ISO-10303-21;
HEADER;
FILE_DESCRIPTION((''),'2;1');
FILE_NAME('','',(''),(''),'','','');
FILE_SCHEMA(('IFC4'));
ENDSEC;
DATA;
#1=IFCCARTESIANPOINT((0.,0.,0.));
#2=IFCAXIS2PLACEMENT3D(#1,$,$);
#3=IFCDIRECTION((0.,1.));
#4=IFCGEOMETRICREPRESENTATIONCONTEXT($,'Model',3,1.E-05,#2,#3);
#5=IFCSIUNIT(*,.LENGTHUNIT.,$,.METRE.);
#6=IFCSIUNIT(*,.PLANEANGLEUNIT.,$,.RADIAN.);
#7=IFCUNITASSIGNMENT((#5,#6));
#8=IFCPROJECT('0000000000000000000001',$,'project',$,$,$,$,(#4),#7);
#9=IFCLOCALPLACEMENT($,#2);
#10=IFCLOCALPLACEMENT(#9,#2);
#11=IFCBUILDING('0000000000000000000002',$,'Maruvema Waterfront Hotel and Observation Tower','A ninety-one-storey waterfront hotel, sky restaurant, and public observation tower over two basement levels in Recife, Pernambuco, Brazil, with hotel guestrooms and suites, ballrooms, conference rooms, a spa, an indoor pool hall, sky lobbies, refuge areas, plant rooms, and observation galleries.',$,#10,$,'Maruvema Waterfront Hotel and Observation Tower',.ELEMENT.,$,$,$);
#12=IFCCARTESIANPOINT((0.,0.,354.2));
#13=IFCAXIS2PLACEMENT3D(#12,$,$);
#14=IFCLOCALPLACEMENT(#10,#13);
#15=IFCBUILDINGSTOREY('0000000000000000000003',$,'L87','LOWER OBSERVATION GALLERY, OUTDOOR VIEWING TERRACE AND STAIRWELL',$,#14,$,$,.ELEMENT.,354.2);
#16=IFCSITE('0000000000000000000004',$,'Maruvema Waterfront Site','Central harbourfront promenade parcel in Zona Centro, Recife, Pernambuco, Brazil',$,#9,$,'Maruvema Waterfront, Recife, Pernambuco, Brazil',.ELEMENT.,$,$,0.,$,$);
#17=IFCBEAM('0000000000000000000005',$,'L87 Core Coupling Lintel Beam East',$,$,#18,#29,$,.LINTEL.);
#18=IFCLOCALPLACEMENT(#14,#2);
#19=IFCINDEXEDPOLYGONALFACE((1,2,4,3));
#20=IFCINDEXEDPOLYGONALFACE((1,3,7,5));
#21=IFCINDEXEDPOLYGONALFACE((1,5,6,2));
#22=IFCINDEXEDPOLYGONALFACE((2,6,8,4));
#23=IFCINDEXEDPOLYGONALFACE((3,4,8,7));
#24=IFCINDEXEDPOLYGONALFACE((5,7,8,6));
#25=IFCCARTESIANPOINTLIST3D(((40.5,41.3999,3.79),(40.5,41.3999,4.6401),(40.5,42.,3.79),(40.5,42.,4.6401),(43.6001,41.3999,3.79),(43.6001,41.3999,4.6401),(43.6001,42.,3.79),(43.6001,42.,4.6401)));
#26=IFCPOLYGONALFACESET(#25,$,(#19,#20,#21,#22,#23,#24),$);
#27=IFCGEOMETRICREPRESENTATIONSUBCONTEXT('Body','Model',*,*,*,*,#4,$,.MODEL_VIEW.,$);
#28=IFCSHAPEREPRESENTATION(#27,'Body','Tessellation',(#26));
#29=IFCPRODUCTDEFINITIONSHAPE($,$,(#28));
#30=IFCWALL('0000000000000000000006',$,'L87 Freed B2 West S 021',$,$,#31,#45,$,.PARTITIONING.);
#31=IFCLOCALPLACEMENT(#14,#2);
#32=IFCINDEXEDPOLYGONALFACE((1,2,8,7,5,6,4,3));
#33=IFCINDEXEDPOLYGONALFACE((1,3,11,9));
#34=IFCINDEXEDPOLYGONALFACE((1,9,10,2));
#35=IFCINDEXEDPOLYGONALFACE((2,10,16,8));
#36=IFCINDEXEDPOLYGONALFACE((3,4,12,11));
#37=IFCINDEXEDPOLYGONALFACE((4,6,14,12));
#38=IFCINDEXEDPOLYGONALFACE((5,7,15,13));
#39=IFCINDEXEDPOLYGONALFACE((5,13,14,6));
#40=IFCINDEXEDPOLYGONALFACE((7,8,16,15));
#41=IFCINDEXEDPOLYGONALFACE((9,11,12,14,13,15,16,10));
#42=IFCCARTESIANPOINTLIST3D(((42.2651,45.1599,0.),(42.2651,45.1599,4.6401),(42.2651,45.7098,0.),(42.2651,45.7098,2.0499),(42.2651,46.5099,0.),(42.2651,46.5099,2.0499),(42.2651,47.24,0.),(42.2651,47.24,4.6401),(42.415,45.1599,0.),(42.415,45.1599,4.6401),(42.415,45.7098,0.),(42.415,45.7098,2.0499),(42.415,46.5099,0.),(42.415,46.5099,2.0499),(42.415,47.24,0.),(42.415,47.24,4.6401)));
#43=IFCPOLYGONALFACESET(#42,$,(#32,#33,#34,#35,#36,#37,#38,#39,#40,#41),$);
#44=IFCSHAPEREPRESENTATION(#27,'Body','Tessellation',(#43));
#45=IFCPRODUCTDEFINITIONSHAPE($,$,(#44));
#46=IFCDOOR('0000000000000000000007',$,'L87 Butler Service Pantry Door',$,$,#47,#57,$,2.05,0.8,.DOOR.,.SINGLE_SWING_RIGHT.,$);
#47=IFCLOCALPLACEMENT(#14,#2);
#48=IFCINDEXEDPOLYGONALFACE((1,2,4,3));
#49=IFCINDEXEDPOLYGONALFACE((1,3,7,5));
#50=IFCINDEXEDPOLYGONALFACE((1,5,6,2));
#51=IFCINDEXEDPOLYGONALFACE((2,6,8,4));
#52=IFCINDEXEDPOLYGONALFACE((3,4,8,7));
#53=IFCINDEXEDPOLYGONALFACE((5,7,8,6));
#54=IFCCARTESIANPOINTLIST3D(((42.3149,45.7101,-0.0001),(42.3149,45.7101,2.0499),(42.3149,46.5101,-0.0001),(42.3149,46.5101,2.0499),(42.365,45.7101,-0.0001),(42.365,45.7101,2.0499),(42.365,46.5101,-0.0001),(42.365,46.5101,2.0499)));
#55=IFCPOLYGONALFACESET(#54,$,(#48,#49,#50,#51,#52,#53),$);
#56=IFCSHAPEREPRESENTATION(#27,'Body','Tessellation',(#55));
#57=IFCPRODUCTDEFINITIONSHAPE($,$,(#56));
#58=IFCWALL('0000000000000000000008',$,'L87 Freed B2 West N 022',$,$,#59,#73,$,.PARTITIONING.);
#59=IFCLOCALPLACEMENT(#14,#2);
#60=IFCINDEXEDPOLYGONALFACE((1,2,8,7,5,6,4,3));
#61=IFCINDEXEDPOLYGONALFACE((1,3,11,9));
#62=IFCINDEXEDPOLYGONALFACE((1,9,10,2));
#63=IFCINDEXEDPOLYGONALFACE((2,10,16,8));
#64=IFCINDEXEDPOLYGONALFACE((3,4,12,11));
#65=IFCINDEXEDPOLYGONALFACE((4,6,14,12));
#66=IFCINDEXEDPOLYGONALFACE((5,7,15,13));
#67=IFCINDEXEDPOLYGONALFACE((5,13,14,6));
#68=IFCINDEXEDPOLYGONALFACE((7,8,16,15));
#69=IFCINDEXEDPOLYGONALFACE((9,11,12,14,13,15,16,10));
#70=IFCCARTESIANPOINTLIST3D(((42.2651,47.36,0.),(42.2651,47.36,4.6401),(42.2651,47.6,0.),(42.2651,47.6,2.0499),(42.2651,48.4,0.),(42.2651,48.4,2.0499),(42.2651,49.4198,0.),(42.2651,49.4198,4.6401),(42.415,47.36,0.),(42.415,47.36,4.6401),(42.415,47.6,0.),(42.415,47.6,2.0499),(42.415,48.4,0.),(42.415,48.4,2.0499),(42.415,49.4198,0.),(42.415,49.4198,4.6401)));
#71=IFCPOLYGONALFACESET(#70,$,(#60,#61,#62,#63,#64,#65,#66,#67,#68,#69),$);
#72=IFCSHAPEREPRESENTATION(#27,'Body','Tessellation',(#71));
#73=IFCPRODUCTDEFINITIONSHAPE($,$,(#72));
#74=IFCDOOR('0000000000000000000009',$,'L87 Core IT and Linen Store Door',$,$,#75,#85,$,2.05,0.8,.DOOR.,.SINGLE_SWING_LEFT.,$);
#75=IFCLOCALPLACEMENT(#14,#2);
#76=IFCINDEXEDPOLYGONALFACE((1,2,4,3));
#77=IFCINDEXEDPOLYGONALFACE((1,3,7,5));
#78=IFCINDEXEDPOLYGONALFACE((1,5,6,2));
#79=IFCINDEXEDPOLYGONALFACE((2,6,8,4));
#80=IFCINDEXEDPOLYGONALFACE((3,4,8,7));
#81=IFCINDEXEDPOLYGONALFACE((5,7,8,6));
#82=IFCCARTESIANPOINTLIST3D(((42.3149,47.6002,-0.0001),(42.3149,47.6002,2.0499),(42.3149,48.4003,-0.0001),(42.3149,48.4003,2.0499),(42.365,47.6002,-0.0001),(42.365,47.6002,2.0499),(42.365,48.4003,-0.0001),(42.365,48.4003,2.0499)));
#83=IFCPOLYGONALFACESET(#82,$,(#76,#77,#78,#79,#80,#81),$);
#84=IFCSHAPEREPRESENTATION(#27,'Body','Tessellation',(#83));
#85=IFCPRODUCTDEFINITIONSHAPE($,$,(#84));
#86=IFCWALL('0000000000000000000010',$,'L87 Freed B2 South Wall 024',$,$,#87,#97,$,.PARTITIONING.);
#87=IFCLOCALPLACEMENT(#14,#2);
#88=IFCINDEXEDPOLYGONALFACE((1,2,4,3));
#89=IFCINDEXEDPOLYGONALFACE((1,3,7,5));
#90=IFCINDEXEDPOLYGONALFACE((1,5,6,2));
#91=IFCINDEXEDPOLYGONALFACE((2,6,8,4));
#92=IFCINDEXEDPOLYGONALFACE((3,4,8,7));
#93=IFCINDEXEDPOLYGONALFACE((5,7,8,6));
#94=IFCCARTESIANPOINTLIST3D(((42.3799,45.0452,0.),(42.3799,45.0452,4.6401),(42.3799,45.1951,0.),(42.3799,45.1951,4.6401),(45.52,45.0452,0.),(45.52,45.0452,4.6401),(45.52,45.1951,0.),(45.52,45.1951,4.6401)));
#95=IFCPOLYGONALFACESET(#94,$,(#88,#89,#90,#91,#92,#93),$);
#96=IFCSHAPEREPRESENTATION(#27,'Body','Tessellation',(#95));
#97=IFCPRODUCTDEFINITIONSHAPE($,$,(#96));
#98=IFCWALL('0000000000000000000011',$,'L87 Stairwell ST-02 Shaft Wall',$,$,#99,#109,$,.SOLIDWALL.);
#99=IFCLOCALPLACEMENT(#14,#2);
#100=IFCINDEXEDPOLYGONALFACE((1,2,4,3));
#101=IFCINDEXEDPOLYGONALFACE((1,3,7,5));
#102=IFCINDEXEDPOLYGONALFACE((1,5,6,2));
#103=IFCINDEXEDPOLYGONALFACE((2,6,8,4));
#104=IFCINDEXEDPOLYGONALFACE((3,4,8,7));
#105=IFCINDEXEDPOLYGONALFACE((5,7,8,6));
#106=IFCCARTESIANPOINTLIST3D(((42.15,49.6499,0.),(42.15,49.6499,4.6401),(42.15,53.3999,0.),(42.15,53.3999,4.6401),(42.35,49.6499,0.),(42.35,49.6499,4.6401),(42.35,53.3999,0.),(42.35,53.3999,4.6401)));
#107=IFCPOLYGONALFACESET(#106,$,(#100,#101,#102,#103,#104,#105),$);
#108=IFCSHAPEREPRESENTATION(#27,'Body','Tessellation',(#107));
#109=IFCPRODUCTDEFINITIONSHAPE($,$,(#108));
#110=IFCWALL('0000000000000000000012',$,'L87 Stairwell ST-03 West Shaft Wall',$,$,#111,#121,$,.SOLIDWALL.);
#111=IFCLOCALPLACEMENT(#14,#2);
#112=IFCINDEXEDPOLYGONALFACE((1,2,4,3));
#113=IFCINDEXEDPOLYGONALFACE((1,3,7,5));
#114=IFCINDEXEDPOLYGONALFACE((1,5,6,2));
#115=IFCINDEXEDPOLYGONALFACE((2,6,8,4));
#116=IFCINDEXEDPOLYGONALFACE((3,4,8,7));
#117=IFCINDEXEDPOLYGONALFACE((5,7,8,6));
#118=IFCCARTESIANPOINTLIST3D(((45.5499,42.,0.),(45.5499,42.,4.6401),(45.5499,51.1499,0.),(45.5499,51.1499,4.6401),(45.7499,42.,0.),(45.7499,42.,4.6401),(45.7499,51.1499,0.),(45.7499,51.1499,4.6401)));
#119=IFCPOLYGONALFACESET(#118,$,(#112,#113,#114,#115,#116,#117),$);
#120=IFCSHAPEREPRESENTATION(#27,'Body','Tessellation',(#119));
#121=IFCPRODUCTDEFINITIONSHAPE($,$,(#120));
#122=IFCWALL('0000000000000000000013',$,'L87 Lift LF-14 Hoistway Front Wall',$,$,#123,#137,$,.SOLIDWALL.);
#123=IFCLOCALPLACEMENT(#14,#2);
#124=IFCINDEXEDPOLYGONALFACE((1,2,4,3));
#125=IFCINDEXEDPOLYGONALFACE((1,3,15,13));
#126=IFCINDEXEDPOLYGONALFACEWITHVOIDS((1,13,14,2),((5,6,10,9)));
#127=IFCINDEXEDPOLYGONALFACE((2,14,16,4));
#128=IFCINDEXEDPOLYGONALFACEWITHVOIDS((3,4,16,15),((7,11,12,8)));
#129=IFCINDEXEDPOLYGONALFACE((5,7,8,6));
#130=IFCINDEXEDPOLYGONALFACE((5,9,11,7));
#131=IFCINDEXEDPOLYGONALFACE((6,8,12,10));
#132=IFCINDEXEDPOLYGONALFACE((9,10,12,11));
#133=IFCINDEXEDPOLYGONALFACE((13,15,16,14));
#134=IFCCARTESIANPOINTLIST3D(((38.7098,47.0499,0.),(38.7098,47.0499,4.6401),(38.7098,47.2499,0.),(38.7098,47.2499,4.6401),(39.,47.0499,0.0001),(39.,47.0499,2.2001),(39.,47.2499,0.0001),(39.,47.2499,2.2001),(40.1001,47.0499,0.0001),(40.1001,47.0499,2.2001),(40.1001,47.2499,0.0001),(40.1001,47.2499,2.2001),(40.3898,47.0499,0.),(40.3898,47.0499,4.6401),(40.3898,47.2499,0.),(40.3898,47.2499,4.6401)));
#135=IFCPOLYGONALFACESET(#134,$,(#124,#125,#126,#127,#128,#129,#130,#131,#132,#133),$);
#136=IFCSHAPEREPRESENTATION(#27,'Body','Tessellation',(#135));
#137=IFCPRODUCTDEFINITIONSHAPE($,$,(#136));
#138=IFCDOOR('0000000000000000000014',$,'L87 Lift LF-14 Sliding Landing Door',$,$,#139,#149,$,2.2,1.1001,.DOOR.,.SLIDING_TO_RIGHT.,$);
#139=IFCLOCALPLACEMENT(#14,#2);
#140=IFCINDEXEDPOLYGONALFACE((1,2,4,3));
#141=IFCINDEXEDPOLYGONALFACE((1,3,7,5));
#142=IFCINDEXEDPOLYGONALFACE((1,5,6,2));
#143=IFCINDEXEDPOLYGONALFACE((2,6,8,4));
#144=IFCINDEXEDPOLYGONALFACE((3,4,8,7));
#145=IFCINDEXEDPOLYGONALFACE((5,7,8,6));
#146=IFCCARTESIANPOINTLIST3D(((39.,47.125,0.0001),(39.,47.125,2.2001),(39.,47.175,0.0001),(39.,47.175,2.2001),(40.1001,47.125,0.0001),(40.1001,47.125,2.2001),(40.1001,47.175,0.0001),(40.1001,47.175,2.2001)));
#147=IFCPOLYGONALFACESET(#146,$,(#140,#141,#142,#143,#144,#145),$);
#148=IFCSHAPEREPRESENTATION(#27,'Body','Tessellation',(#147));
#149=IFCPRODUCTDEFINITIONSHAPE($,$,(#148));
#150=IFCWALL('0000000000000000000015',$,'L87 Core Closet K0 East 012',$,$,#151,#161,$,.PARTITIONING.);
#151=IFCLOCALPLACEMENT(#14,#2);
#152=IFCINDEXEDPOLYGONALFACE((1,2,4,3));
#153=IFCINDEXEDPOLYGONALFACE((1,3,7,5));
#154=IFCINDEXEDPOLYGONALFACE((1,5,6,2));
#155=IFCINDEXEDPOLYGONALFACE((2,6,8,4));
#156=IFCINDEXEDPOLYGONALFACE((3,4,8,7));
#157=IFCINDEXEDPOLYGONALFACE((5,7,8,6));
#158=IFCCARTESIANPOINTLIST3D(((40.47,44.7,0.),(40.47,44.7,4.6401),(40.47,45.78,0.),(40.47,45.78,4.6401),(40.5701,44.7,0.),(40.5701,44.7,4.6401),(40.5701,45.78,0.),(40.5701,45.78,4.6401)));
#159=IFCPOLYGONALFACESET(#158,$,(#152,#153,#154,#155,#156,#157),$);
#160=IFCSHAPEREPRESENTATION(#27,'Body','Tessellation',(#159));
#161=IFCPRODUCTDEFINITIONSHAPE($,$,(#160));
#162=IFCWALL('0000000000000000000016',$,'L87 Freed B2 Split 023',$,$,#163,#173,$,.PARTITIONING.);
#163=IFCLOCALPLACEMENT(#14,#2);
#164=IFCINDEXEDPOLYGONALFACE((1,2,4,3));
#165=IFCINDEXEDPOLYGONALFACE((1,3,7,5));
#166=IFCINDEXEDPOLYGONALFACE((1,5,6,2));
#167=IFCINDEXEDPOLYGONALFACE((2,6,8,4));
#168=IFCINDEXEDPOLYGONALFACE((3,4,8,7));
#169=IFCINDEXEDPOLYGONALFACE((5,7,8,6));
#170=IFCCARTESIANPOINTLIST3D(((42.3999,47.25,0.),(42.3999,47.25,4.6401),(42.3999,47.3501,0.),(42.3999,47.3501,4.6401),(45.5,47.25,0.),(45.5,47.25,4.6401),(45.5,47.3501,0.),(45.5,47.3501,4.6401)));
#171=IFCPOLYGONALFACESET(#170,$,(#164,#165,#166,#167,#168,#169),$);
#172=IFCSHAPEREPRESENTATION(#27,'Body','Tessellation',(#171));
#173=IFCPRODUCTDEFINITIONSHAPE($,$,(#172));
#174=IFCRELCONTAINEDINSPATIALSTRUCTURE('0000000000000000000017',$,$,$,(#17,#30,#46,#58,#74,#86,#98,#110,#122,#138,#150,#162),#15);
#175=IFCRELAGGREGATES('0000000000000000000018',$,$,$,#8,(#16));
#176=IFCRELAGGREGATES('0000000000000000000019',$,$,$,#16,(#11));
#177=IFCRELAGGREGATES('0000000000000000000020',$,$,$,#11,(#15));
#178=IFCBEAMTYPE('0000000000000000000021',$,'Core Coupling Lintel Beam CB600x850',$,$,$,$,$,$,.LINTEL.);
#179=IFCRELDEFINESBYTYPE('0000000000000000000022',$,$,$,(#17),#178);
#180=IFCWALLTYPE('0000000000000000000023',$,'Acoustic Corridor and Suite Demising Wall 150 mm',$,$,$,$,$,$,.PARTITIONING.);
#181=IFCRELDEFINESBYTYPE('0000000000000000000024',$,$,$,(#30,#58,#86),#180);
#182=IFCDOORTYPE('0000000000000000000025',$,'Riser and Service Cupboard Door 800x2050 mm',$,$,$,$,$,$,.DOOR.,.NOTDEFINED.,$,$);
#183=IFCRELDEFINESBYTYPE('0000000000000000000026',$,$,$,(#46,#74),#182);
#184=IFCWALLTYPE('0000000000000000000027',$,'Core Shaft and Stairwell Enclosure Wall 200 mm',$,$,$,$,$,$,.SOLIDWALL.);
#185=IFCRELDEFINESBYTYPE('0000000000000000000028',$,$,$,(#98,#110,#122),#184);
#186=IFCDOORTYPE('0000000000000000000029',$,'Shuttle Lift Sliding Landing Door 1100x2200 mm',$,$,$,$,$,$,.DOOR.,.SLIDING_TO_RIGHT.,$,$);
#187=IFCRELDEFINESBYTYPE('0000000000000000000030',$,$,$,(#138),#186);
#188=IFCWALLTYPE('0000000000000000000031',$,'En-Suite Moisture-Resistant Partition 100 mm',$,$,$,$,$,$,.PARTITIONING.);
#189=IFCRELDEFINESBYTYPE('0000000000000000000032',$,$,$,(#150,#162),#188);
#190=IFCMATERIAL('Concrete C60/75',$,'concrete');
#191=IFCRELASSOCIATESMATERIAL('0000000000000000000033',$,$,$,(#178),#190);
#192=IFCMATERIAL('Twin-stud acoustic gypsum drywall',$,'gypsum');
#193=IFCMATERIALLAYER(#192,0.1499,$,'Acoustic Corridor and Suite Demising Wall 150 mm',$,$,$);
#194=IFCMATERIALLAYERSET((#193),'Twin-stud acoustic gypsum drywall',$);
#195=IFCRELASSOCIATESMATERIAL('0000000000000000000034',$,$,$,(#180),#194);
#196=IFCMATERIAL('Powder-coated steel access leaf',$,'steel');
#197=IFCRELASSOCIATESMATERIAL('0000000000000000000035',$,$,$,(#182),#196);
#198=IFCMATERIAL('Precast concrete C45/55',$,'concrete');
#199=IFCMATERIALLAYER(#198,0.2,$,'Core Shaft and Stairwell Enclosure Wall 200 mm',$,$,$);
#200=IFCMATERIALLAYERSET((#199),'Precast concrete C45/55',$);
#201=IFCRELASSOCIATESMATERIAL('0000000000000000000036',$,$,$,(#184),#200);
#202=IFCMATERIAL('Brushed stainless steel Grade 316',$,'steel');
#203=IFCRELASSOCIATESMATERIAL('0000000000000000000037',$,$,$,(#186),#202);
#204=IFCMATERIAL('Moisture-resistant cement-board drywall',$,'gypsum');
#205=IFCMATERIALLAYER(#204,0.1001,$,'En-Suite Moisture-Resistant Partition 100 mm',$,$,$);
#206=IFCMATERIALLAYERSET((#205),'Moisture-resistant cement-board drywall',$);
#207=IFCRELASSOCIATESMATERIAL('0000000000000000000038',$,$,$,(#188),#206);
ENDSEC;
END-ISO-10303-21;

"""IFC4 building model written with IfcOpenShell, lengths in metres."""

from ifc_helpers import new_model, si_unit, direction, frame, frame_2d, origin, origin_2d, place, context, subcontext, project, spatial, rectangle, extrude, material, layer, layer_set, material_profile, profile_set, type_object, element, fill, save


model = new_model("IFC4")

# Units and contexts
model_context = context("Model", 3, precision=1e-05, world=origin(), true_north=direction((0.0, 1.0)))
body_context = subcontext(model_context, "Body", "Model", "MODEL_VIEW")
ifc_project = project(units=[si_unit("LENGTHUNIT", "METRE"), si_unit("PLANEANGLEUNIT", "RADIAN")], contexts=[model_context])

# Site, building, storey
site_placement = place(None, origin())
site = spatial("IfcSite", under=ifc_project, at=site_placement, Name="Maruvema Waterfront Site", Description="Central harbourfront promenade parcel in Zona Centro, Recife, Pernambuco, Brazil", LongName="Maruvema Waterfront, Recife, Pernambuco, Brazil", CompositionType="ELEMENT", RefElevation=0.0)
building_placement = place(site_placement, origin())
building = spatial("IfcBuilding", under=site, at=building_placement, Name="Maruvema Waterfront Hotel and Observation Tower", Description="A ninety-one-storey waterfront hotel, sky restaurant, and public observation tower over two basement levels in Recife, Pernambuco, Brazil, with hotel guestrooms and suites, ballrooms, conference rooms, a spa, an indoor pool hall, sky lobbies, refuge areas, plant rooms, and observation galleries.", LongName="Maruvema Waterfront Hotel and Observation Tower", CompositionType="ELEMENT")
storey_placement = place(building_placement, frame((0.0, 0.0, 354.2)))
storey = spatial("IfcBuildingStorey", under=building, at=storey_placement, Name="L87", Description="LOWER OBSERVATION GALLERY, OUTDOOR VIEWING TERRACE AND STAIRWELL", CompositionType="ELEMENT", Elevation=354.2)

# Beam
ifc_material_1 = material(Name="Concrete C60/75", Category="concrete")
ifc_material_profile = material_profile(ifc_material_1, rectangle(XDim=0.6001, YDim=0.8501, at=origin_2d()), Name="CB600x850")
ifc_profile_set = profile_set([ifc_material_profile], Name="Concrete C60/75")
beam_type = type_object("IfcBeamType", Name="Core Coupling Lintel Beam CB600x850", PredefinedType="LINTEL", material=ifc_profile_set)
beam_placement = place(storey_placement, frame((40.5, 41.7, 4.2151), z_axis=(1.0, 0.0, 0.0), x_axis=(0.0, 1.0, 0.0)))
element("IfcBeam", 1, at=beam_placement, inside=storey, type_object=beam_type, Name="L87 Core Coupling Lintel Beam East", PredefinedType="LINTEL", context=body_context, shape_type="SweptSolid", body=[
    extrude(rectangle(XDim=0.6001, YDim=0.8501, at=origin_2d()), origin(), (0.0, 0.0, 1.0), 3.1001),
])

# Walls, openings, doors
ifc_material_2 = material(Name="Twin-stud acoustic gypsum drywall", Category="gypsum")
ifc_layer_1 = layer(ifc_material_2, 0.1499, Name="Acoustic Corridor and Suite Demising Wall 150 mm")
ifc_layer_set_1 = layer_set([ifc_layer_1], Name="Twin-stud acoustic gypsum drywall")
wall_type_1 = type_object("IfcWallType", Name="Acoustic Corridor and Suite Demising Wall 150 mm", PredefinedType="PARTITIONING", material=ifc_layer_set_1)
wall_1_placement = place(storey_placement, frame((42.3401, 45.1599, 0.0), z_axis=(0.0, 0.0, 1.0), x_axis=(0.0, 1.0, 0.0)))
wall_1 = element("IfcWall", 2, at=wall_1_placement, inside=storey, type_object=wall_type_1, Name="L87 Freed B2 West S 021", PredefinedType="PARTITIONING", context=body_context, shape_type="SweptSolid", body=[
    extrude(rectangle(XDim=2.0801, YDim=0.1499, at=frame_2d((1.04, 0.0))), origin(), (0.0, 0.0, 1.0), 4.6401),
])
opening_1_placement = place(wall_1_placement, frame((0.55, 0.0, 0.0)))
opening_1 = element("IfcOpeningElement", 3, at=opening_1_placement, cuts=wall_1, PredefinedType="OPENING", context=body_context, shape_type="SweptSolid", body=[
    extrude(rectangle(XDim=0.8, YDim=2.05, at=frame_2d((0.3999, 1.0249))), frame((0.0, 0.085, 0.0), z_axis=(0.0, -1.0, 0.0), x_axis=(1.0, 0.0, 0.0)), (0.0, 0.0, 1.0), 0.1699),
])
ifc_material_3 = material(Name="Powder-coated steel access leaf", Category="steel")
door_type_1 = type_object("IfcDoorType", Name="Riser and Service Cupboard Door 800x2050 mm", OperationType="NOTDEFINED", PredefinedType="DOOR", material=ifc_material_3)
door_1_placement = place(opening_1_placement, frame((0.8, 0.0, 0.0), z_axis=(0.0, 0.0, 1.0), x_axis=(-1.0, 0.0, 0.0)))
door_1 = element("IfcDoor", 4, at=door_1_placement, inside=storey, type_object=door_type_1, Name="L87 Butler Service Pantry Door", OperationType="SINGLE_SWING_RIGHT", OverallHeight=2.05, OverallWidth=0.8, PredefinedType="DOOR", context=body_context, shape_type="SweptSolid", body=[
    extrude(rectangle(XDim=0.8, YDim=2.05, at=frame_2d((0.3999, 1.0249))), frame((0.0, 0.0249, 0.0), z_axis=(0.0, -1.0, 0.0), x_axis=(1.0, 0.0, 0.0)), (0.0, 0.0, 1.0), 0.05),
])
fill(opening_1, door_1)
wall_2_placement = place(storey_placement, frame((42.3401, 47.3601, 0.0), z_axis=(0.0, 0.0, 1.0), x_axis=(0.0, 1.0, 0.0)))
wall_2 = element("IfcWall", 5, at=wall_2_placement, inside=storey, type_object=wall_type_1, Name="L87 Freed B2 West N 022", PredefinedType="PARTITIONING", context=body_context, shape_type="SweptSolid", body=[
    extrude(rectangle(XDim=2.0598, YDim=0.1499, at=frame_2d((1.0298, 0.0))), origin(), (0.0, 0.0, 1.0), 4.6401),
])
opening_2_placement = place(wall_2_placement, frame((0.24, 0.0, 0.0)))
opening_2 = element("IfcOpeningElement", 6, at=opening_2_placement, cuts=wall_2, PredefinedType="OPENING", context=body_context, shape_type="SweptSolid", body=[
    extrude(rectangle(XDim=0.8, YDim=2.05, at=frame_2d((0.3999, 1.0249))), frame((0.0, 0.085, 0.0), z_axis=(0.0, -1.0, 0.0), x_axis=(1.0, 0.0, 0.0)), (0.0, 0.0, 1.0), 0.1699),
])
door_2_placement = place(opening_2_placement, frame((0.8, 0.0, 0.0), z_axis=(0.0, 0.0, 1.0), x_axis=(-1.0, 0.0, 0.0)))
door_2 = element("IfcDoor", 7, at=door_2_placement, inside=storey, type_object=door_type_1, Name="L87 Core IT and Linen Store Door", OperationType="SINGLE_SWING_LEFT", OverallHeight=2.05, OverallWidth=0.8, PredefinedType="DOOR", context=body_context, shape_type="SweptSolid", body=[
    extrude(rectangle(XDim=0.8, YDim=2.05, at=frame_2d((0.3999, 1.0249))), frame((0.0, 0.0249, 0.0), z_axis=(0.0, -1.0, 0.0), x_axis=(1.0, 0.0, 0.0)), (0.0, 0.0, 1.0), 0.05),
])
fill(opening_2, door_2)

# Walls
wall_3_placement = place(storey_placement, frame((42.3799, 45.1201, 0.0), z_axis=(0.0, 0.0, 1.0), x_axis=(1.0, 0.0, 0.0)))
element("IfcWall", 8, at=wall_3_placement, inside=storey, type_object=wall_type_1, Name="L87 Freed B2 South Wall 024", PredefinedType="PARTITIONING", context=body_context, shape_type="SweptSolid", body=[
    extrude(rectangle(XDim=3.1401, YDim=0.1499, at=frame_2d((1.5701, 0.0))), origin(), (0.0, 0.0, 1.0), 4.6401),
])
ifc_material_4 = material(Name="Precast concrete C45/55", Category="concrete")
ifc_layer_2 = layer(ifc_material_4, 0.2, Name="Core Shaft and Stairwell Enclosure Wall 200 mm")
ifc_layer_set_2 = layer_set([ifc_layer_2], Name="Precast concrete C45/55")
wall_type_2 = type_object("IfcWallType", Name="Core Shaft and Stairwell Enclosure Wall 200 mm", PredefinedType="SOLIDWALL", material=ifc_layer_set_2)
wall_4_placement = place(storey_placement, frame((42.25, 49.6499, 0.0), z_axis=(0.0, 0.0, 1.0), x_axis=(0.0, 1.0, 0.0)))
element("IfcWall", 9, at=wall_4_placement, inside=storey, type_object=wall_type_2, Name="L87 Stairwell ST-02 Shaft Wall", PredefinedType="SOLIDWALL", context=body_context, shape_type="SweptSolid", body=[
    extrude(rectangle(XDim=3.75, YDim=0.2, at=frame_2d((1.875, 0.0))), origin(), (0.0, 0.0, 1.0), 4.6401),
])
wall_5_placement = place(storey_placement, frame((45.6499, 42.0, 0.0), z_axis=(0.0, 0.0, 1.0), x_axis=(0.0, 1.0, 0.0)))
element("IfcWall", 10, at=wall_5_placement, inside=storey, type_object=wall_type_2, Name="L87 Stairwell ST-03 West Shaft Wall", PredefinedType="SOLIDWALL", context=body_context, shape_type="SweptSolid", body=[
    extrude(rectangle(XDim=9.1499, YDim=0.2, at=frame_2d((4.575, 0.0))), origin(), (0.0, 0.0, 1.0), 4.6401),
])

# Wall, opening, door
wall_6_placement = place(storey_placement, frame((38.71, 47.1499, 0.0), z_axis=(0.0, 0.0, 1.0), x_axis=(1.0, 0.0, 0.0)))
wall_6 = element("IfcWall", 11, at=wall_6_placement, inside=storey, type_object=wall_type_2, Name="L87 Lift LF-14 Hoistway Front Wall", PredefinedType="SOLIDWALL", context=body_context, shape_type="SweptSolid", body=[
    extrude(rectangle(XDim=1.6799, YDim=0.2, at=frame_2d((0.8398, 0.0))), origin(), (0.0, 0.0, 1.0), 4.6401),
])
opening_3_placement = place(wall_6_placement, frame((0.29, 0.0, 0.0)))
opening_3 = element("IfcOpeningElement", 12, at=opening_3_placement, cuts=wall_6, PredefinedType="OPENING", context=body_context, shape_type="SweptSolid", body=[
    extrude(rectangle(XDim=1.1001, YDim=2.2, at=frame_2d((0.55, 1.1001))), frame((0.0, 0.1099, 0.0), z_axis=(0.0, -1.0, 0.0), x_axis=(1.0, 0.0, 0.0)), (0.0, 0.0, 1.0), 0.22),
])
ifc_material_5 = material(Name="Brushed stainless steel Grade 316", Category="steel")
door_type_2 = type_object("IfcDoorType", Name="Shuttle Lift Sliding Landing Door 1100x2200 mm", OperationType="SLIDING_TO_RIGHT", PredefinedType="DOOR", material=ifc_material_5)
door_3_placement = place(opening_3_placement, frame((1.1001, 0.0, 0.0), z_axis=(0.0, 0.0, 1.0), x_axis=(-1.0, 0.0, 0.0)))
door_3 = element("IfcDoor", 13, at=door_3_placement, inside=storey, type_object=door_type_2, Name="L87 Lift LF-14 Sliding Landing Door", OperationType="SLIDING_TO_RIGHT", OverallHeight=2.2, OverallWidth=1.1001, PredefinedType="DOOR", context=body_context, shape_type="SweptSolid", body=[
    extrude(rectangle(XDim=1.1001, YDim=2.2, at=frame_2d((0.55, 1.1001))), frame((0.0, 0.0249, 0.0), z_axis=(0.0, -1.0, 0.0), x_axis=(1.0, 0.0, 0.0)), (0.0, 0.0, 1.0), 0.05),
])
fill(opening_3, door_3)

# Walls
ifc_material_6 = material(Name="Moisture-resistant cement-board drywall", Category="gypsum")
ifc_layer_3 = layer(ifc_material_6, 0.1001, Name="En-Suite Moisture-Resistant Partition 100 mm")
ifc_layer_set_3 = layer_set([ifc_layer_3], Name="Moisture-resistant cement-board drywall")
wall_type_3 = type_object("IfcWallType", Name="En-Suite Moisture-Resistant Partition 100 mm", PredefinedType="PARTITIONING", material=ifc_layer_set_3)
wall_7_placement = place(storey_placement, frame((40.52, 44.7, 0.0), z_axis=(0.0, 0.0, 1.0), x_axis=(0.0, 1.0, 0.0)))
element("IfcWall", 14, at=wall_7_placement, inside=storey, type_object=wall_type_3, Name="L87 Core Closet K0 East 012", PredefinedType="PARTITIONING", context=body_context, shape_type="SweptSolid", body=[
    extrude(rectangle(XDim=1.0801, YDim=0.1001, at=frame_2d((0.54, 0.0))), origin(), (0.0, 0.0, 1.0), 4.6401),
])
wall_8_placement = place(storey_placement, frame((42.3999, 47.3, 0.0), z_axis=(0.0, 0.0, 1.0), x_axis=(1.0, 0.0, 0.0)))
element("IfcWall", 15, at=wall_8_placement, inside=storey, type_object=wall_type_3, Name="L87 Freed B2 Split 023", PredefinedType="PARTITIONING", context=body_context, shape_type="SweptSolid", body=[
    extrude(rectangle(XDim=3.1001, YDim=0.1001, at=frame_2d((1.55, 0.0))), origin(), (0.0, 0.0, 1.0), 4.6401),
])

save(model, "model.ifc")
